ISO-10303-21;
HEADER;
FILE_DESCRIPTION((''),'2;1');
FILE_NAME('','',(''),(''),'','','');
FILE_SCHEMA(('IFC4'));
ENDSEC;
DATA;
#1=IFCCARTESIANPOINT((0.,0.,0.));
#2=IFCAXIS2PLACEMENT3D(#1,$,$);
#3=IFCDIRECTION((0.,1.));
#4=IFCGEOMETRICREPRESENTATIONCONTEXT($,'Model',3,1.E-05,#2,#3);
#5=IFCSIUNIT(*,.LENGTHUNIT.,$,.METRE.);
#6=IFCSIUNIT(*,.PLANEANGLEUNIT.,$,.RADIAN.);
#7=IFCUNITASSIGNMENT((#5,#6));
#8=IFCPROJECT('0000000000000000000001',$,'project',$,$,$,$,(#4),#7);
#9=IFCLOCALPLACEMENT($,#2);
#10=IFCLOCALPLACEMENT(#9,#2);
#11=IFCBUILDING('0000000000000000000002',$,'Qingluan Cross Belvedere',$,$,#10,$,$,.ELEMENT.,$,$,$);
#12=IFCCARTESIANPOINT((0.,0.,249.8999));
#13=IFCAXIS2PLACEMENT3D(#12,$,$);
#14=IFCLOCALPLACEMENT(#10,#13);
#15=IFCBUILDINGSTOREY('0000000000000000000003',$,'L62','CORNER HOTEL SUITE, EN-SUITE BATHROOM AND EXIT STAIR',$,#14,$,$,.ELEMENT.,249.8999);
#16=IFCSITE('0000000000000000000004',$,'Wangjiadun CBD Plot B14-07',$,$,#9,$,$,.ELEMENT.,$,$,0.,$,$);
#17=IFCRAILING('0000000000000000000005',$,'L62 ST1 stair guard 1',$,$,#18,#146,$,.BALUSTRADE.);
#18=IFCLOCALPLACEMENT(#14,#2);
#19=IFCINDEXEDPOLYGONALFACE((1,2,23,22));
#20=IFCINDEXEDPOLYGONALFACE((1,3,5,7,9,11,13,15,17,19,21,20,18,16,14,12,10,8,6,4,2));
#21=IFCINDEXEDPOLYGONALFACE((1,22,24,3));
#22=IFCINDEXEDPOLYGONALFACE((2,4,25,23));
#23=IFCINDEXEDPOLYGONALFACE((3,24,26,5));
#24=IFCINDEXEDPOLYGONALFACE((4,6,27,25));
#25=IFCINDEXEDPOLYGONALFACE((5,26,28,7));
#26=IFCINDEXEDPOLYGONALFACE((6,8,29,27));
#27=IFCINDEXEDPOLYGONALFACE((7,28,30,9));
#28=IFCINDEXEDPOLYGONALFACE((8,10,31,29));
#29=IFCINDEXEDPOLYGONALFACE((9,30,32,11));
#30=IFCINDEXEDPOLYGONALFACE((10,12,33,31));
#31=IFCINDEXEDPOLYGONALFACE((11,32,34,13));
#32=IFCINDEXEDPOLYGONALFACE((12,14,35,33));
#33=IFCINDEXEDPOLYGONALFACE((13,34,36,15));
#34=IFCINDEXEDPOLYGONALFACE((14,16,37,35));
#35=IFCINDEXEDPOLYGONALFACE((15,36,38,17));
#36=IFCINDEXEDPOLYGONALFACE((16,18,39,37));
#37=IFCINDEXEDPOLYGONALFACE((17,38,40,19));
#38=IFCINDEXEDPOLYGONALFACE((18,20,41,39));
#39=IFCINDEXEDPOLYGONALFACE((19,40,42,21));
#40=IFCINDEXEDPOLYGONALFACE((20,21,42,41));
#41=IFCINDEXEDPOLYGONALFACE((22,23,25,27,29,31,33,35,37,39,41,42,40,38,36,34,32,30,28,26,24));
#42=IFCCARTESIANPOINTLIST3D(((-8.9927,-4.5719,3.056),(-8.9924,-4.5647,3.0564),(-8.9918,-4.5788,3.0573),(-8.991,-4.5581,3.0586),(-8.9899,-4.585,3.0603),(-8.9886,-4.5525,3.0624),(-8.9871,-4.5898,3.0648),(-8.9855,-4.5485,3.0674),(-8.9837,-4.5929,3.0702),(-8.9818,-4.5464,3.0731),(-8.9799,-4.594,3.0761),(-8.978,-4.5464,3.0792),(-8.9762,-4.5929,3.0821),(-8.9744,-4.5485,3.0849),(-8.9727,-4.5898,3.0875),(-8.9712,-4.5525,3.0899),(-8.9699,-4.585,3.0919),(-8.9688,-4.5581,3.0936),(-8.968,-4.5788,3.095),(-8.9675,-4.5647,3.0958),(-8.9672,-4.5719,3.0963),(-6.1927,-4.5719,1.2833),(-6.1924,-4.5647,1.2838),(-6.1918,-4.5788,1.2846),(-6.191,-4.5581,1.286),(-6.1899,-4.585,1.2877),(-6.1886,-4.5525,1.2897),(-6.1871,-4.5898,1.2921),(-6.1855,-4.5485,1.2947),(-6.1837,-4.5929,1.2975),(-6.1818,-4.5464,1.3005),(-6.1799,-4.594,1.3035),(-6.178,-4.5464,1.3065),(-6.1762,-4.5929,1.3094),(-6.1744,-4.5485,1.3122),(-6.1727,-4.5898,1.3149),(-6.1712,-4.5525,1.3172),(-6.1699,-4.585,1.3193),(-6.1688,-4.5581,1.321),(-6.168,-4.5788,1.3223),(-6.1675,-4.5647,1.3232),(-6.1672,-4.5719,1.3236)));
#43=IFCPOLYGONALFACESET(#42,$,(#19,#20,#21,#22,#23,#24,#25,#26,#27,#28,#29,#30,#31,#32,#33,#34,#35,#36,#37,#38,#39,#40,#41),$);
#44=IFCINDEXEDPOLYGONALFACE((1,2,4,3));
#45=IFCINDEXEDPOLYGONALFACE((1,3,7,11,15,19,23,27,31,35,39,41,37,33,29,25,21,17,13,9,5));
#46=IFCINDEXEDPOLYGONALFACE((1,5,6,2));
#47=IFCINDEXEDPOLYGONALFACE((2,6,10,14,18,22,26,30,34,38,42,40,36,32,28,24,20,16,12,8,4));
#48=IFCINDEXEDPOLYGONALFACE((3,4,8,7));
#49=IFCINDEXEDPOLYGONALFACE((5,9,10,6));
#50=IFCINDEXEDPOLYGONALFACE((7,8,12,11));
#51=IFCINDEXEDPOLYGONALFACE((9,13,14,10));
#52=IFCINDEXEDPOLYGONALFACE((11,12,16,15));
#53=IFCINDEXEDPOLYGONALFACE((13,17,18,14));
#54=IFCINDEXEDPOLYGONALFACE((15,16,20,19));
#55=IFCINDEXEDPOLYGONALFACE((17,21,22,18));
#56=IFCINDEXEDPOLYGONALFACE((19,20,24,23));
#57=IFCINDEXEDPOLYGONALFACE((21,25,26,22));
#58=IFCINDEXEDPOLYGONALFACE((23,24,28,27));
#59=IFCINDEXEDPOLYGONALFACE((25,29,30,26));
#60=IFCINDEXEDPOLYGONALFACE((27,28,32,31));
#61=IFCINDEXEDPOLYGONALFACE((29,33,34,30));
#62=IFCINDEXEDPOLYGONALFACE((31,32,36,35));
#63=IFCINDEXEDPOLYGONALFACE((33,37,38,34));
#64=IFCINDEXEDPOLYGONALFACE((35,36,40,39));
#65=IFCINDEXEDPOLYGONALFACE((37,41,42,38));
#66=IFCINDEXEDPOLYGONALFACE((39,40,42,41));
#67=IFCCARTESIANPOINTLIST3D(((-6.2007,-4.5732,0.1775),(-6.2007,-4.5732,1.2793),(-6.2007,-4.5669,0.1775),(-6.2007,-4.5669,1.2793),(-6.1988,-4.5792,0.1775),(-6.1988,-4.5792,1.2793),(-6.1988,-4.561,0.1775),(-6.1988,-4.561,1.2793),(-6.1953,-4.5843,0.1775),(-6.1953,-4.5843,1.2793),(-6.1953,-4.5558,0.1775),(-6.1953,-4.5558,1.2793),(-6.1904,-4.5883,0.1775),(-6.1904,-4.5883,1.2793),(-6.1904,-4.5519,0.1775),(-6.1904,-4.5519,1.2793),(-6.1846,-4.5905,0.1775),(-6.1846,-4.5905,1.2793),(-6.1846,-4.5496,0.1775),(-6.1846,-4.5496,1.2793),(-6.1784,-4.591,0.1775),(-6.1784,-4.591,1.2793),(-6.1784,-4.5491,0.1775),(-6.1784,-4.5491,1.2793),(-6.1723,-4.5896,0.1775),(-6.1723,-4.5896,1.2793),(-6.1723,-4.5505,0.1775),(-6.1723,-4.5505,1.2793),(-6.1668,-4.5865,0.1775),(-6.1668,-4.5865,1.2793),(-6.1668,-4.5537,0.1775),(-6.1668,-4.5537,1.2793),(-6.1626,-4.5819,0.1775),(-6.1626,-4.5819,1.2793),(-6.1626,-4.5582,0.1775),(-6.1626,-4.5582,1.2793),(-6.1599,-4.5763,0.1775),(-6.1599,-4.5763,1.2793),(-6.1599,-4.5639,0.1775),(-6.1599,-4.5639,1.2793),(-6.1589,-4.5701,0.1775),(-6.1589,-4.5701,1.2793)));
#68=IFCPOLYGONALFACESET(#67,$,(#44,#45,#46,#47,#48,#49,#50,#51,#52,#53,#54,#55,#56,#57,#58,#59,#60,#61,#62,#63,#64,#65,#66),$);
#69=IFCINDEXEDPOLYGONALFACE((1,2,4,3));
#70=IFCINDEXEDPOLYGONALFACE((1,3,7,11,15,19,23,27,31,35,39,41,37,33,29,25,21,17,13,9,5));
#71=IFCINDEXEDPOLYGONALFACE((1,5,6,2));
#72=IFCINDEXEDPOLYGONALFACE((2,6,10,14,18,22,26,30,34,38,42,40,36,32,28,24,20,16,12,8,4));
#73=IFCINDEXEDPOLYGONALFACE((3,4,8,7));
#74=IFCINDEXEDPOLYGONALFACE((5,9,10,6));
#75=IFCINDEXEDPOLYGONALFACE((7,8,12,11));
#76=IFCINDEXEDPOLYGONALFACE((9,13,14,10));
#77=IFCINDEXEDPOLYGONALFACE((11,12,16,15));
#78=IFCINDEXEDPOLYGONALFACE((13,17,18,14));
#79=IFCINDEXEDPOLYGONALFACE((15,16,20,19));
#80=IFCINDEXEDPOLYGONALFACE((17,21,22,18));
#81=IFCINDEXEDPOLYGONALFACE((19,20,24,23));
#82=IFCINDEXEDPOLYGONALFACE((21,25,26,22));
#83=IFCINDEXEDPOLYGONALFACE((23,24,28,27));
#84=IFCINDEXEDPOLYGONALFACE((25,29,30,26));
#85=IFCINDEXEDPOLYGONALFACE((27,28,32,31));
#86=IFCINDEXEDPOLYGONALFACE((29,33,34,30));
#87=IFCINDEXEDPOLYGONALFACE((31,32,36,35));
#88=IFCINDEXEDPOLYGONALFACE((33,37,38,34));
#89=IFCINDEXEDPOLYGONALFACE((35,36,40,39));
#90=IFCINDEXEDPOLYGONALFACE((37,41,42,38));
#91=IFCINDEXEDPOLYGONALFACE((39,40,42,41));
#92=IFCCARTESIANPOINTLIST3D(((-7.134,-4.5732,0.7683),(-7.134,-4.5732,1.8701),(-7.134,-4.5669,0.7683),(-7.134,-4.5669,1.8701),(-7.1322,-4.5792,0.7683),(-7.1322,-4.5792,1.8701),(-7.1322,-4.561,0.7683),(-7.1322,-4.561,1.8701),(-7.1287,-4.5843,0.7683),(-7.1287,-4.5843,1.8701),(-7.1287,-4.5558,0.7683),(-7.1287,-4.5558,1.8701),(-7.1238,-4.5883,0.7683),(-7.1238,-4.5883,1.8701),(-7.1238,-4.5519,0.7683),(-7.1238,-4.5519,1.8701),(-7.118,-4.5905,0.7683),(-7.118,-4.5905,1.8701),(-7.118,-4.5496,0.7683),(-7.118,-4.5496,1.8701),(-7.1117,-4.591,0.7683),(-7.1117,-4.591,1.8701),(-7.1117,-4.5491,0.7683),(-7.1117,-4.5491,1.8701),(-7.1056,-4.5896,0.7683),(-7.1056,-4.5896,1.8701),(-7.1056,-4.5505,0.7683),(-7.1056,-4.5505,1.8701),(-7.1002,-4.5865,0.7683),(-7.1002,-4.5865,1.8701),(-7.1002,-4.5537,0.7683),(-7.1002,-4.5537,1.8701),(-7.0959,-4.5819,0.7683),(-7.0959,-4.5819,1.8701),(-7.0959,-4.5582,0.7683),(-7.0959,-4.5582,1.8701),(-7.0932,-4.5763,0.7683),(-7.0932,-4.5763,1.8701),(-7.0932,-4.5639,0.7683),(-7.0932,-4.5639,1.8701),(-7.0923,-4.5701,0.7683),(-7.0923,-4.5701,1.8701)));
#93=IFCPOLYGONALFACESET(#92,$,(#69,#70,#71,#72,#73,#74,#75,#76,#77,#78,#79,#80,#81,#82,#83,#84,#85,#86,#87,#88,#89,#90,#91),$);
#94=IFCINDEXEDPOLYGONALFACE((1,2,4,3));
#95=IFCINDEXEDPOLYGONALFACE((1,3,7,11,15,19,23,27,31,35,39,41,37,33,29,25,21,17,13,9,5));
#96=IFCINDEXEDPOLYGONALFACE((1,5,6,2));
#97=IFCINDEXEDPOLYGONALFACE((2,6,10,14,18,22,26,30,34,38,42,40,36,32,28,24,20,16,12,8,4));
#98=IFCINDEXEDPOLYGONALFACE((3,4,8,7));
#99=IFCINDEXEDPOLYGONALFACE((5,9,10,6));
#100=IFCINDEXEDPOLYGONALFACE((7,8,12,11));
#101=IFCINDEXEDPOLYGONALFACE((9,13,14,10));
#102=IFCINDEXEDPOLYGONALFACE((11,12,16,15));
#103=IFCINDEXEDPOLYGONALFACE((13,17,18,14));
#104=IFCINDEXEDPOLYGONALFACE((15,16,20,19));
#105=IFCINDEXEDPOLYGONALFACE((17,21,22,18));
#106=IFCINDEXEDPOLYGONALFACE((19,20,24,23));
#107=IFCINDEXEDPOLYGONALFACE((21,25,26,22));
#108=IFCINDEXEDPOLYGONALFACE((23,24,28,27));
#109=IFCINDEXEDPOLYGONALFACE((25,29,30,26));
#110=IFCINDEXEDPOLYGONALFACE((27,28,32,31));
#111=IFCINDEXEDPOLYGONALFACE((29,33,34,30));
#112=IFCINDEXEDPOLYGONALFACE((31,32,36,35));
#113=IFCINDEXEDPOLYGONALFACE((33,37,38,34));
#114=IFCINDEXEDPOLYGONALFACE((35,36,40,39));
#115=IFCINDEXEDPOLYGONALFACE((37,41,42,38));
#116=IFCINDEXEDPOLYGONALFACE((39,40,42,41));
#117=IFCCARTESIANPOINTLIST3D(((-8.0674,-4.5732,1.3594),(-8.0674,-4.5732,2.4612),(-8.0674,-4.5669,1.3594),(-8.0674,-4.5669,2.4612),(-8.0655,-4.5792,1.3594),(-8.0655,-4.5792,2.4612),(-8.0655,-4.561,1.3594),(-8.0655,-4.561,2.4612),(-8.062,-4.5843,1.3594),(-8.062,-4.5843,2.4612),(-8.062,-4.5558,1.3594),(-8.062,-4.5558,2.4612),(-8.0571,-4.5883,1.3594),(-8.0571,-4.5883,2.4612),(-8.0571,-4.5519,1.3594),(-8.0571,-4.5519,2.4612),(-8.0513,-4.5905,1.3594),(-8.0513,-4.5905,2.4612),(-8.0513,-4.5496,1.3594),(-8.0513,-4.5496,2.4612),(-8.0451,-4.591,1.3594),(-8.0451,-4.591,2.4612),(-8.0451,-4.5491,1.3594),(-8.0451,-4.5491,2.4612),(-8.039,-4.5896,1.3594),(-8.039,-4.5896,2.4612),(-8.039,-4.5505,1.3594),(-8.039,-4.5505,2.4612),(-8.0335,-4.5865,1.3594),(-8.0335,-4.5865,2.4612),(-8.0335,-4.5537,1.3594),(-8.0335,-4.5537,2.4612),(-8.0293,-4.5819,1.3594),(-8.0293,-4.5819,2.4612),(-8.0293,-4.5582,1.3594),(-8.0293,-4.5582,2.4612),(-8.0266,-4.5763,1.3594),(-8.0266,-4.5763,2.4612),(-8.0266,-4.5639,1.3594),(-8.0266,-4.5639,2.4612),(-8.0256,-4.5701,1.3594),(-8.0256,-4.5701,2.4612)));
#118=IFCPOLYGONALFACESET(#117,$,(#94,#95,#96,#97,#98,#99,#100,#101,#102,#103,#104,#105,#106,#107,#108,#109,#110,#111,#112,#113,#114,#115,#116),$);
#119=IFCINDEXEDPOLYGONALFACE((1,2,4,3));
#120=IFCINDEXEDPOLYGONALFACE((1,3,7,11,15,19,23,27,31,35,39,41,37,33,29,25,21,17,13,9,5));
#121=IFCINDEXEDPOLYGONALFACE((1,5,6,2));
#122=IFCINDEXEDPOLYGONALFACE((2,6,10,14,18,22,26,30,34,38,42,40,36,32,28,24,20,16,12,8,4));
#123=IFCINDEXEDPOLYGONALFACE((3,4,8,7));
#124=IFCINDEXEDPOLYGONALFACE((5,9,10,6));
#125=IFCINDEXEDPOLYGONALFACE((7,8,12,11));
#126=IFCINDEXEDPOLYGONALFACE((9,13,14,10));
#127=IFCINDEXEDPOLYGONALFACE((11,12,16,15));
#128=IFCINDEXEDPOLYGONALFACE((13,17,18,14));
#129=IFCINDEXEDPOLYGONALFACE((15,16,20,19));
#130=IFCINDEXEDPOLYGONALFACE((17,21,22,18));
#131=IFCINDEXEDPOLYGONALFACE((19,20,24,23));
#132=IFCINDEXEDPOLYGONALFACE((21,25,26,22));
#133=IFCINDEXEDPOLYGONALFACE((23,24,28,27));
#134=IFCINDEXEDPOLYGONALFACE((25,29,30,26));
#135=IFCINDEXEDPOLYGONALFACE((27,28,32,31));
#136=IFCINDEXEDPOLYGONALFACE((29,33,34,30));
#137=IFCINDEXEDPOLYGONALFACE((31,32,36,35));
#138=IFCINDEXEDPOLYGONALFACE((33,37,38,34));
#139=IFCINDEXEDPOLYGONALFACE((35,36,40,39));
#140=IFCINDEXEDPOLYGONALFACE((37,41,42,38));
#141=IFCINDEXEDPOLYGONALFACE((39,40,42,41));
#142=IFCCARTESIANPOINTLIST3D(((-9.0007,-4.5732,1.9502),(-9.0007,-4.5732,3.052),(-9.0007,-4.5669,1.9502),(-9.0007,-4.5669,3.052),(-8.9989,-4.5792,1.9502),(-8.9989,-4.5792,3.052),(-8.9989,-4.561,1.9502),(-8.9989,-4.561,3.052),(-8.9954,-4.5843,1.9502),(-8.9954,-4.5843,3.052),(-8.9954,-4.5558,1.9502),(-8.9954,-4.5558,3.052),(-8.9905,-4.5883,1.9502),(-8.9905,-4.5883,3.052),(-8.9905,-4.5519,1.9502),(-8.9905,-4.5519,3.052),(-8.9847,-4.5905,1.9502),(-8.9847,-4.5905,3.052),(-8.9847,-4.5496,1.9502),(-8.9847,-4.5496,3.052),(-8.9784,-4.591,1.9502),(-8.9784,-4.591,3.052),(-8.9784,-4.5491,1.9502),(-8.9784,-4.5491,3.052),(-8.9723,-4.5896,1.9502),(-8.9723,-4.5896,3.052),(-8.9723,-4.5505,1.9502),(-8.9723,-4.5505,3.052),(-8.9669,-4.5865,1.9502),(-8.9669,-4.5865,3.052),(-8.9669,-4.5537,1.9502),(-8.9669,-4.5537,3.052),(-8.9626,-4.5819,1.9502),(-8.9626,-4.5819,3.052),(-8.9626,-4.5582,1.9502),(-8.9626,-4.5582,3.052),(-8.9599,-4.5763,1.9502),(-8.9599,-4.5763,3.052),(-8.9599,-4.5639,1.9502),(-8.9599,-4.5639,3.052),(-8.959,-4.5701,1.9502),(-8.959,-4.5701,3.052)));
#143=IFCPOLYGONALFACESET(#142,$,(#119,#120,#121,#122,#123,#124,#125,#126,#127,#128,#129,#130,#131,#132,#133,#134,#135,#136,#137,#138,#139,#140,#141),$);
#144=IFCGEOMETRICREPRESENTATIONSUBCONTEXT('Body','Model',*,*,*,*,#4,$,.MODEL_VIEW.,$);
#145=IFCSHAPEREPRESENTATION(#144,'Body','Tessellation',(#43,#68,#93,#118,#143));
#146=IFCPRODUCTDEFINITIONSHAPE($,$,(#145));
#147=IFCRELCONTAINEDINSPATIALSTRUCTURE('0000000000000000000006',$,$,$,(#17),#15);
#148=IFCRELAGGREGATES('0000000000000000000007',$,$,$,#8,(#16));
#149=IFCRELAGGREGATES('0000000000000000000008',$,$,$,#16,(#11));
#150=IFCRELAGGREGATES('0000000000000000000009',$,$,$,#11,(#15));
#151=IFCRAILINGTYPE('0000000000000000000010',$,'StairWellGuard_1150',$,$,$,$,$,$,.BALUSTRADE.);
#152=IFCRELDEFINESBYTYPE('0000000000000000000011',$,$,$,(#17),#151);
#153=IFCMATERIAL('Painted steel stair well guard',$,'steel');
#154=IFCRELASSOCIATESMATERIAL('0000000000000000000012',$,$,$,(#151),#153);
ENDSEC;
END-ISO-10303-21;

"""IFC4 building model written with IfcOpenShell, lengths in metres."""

from ifc_helpers import new_model, si_unit, direction, frame, origin, origin_2d, place, context, subcontext, project, spatial, circle, extrude, material, type_object, element, save


model = new_model("IFC4")

# Units and contexts
model_context = context("Model", 3, precision=1e-05, world=origin(), true_north=direction((0.0, 1.0)))
body_context = subcontext(model_context, "Body", "Model", "MODEL_VIEW")
ifc_project = project(units=[si_unit("LENGTHUNIT", "METRE"), si_unit("PLANEANGLEUNIT", "RADIAN")], contexts=[model_context])

# Site, building, storey
site_placement = place(None, origin())
site = spatial("IfcSite", under=ifc_project, at=site_placement, Name="Wangjiadun CBD Plot B14-07", CompositionType="ELEMENT", RefElevation=0.0)
building_placement = place(site_placement, origin())
building = spatial("IfcBuilding", under=site, at=building_placement, Name="Qingluan Cross Belvedere", CompositionType="ELEMENT")
storey_placement = place(building_placement, frame((0.0, 0.0, 249.8999)))
storey = spatial("IfcBuildingStorey", under=building, at=storey_placement, Name="L62", Description="CORNER HOTEL SUITE, EN-SUITE BATHROOM AND EXIT STAIR", CompositionType="ELEMENT", Elevation=249.8999)

# Railing
ifc_material_1 = material(Name="Painted steel stair well guard", Category="steel")
railing_type_1 = type_object("IfcRailingType", Name="StairWellGuard_1150", PredefinedType="BALUSTRADE", material=ifc_material_1)
railing_1_placement = place(storey_placement, frame((-6.1799, -4.5701, 0.1775)))
element("IfcRailing", 1, at=railing_1_placement, inside=storey, type_object=railing_type_1, Name="L62 ST1 stair guard 1", PredefinedType="BALUSTRADE", context=body_context, shape_type="SweptSolid", body=[
    extrude(circle(Radius=0.0239, at=origin_2d()), frame((0.0, 0.0, 1.126), z_axis=(-0.844909, 0.0, 0.53491), x_axis=(0.0, -1.0, 0.0)), (0.0, 0.0, 1.0), 3.314),
    extrude(circle(Radius=0.021, at=origin_2d()), origin(), (0.0, 0.0, 1.0), 1.1018),
    extrude(circle(Radius=0.021, at=origin_2d()), frame((-0.9333, 0.0, 0.5908)), (0.0, 0.0, 1.0), 1.1018),
    extrude(circle(Radius=0.021, at=origin_2d()), frame((-1.8667, 0.0, 1.1819)), (0.0, 0.0, 1.0), 1.1018),
    extrude(circle(Radius=0.021, at=origin_2d()), frame((-2.8, 0.0, 1.7727)), (0.0, 0.0, 1.0), 1.1018),
])

save(model, "model.ifc")
